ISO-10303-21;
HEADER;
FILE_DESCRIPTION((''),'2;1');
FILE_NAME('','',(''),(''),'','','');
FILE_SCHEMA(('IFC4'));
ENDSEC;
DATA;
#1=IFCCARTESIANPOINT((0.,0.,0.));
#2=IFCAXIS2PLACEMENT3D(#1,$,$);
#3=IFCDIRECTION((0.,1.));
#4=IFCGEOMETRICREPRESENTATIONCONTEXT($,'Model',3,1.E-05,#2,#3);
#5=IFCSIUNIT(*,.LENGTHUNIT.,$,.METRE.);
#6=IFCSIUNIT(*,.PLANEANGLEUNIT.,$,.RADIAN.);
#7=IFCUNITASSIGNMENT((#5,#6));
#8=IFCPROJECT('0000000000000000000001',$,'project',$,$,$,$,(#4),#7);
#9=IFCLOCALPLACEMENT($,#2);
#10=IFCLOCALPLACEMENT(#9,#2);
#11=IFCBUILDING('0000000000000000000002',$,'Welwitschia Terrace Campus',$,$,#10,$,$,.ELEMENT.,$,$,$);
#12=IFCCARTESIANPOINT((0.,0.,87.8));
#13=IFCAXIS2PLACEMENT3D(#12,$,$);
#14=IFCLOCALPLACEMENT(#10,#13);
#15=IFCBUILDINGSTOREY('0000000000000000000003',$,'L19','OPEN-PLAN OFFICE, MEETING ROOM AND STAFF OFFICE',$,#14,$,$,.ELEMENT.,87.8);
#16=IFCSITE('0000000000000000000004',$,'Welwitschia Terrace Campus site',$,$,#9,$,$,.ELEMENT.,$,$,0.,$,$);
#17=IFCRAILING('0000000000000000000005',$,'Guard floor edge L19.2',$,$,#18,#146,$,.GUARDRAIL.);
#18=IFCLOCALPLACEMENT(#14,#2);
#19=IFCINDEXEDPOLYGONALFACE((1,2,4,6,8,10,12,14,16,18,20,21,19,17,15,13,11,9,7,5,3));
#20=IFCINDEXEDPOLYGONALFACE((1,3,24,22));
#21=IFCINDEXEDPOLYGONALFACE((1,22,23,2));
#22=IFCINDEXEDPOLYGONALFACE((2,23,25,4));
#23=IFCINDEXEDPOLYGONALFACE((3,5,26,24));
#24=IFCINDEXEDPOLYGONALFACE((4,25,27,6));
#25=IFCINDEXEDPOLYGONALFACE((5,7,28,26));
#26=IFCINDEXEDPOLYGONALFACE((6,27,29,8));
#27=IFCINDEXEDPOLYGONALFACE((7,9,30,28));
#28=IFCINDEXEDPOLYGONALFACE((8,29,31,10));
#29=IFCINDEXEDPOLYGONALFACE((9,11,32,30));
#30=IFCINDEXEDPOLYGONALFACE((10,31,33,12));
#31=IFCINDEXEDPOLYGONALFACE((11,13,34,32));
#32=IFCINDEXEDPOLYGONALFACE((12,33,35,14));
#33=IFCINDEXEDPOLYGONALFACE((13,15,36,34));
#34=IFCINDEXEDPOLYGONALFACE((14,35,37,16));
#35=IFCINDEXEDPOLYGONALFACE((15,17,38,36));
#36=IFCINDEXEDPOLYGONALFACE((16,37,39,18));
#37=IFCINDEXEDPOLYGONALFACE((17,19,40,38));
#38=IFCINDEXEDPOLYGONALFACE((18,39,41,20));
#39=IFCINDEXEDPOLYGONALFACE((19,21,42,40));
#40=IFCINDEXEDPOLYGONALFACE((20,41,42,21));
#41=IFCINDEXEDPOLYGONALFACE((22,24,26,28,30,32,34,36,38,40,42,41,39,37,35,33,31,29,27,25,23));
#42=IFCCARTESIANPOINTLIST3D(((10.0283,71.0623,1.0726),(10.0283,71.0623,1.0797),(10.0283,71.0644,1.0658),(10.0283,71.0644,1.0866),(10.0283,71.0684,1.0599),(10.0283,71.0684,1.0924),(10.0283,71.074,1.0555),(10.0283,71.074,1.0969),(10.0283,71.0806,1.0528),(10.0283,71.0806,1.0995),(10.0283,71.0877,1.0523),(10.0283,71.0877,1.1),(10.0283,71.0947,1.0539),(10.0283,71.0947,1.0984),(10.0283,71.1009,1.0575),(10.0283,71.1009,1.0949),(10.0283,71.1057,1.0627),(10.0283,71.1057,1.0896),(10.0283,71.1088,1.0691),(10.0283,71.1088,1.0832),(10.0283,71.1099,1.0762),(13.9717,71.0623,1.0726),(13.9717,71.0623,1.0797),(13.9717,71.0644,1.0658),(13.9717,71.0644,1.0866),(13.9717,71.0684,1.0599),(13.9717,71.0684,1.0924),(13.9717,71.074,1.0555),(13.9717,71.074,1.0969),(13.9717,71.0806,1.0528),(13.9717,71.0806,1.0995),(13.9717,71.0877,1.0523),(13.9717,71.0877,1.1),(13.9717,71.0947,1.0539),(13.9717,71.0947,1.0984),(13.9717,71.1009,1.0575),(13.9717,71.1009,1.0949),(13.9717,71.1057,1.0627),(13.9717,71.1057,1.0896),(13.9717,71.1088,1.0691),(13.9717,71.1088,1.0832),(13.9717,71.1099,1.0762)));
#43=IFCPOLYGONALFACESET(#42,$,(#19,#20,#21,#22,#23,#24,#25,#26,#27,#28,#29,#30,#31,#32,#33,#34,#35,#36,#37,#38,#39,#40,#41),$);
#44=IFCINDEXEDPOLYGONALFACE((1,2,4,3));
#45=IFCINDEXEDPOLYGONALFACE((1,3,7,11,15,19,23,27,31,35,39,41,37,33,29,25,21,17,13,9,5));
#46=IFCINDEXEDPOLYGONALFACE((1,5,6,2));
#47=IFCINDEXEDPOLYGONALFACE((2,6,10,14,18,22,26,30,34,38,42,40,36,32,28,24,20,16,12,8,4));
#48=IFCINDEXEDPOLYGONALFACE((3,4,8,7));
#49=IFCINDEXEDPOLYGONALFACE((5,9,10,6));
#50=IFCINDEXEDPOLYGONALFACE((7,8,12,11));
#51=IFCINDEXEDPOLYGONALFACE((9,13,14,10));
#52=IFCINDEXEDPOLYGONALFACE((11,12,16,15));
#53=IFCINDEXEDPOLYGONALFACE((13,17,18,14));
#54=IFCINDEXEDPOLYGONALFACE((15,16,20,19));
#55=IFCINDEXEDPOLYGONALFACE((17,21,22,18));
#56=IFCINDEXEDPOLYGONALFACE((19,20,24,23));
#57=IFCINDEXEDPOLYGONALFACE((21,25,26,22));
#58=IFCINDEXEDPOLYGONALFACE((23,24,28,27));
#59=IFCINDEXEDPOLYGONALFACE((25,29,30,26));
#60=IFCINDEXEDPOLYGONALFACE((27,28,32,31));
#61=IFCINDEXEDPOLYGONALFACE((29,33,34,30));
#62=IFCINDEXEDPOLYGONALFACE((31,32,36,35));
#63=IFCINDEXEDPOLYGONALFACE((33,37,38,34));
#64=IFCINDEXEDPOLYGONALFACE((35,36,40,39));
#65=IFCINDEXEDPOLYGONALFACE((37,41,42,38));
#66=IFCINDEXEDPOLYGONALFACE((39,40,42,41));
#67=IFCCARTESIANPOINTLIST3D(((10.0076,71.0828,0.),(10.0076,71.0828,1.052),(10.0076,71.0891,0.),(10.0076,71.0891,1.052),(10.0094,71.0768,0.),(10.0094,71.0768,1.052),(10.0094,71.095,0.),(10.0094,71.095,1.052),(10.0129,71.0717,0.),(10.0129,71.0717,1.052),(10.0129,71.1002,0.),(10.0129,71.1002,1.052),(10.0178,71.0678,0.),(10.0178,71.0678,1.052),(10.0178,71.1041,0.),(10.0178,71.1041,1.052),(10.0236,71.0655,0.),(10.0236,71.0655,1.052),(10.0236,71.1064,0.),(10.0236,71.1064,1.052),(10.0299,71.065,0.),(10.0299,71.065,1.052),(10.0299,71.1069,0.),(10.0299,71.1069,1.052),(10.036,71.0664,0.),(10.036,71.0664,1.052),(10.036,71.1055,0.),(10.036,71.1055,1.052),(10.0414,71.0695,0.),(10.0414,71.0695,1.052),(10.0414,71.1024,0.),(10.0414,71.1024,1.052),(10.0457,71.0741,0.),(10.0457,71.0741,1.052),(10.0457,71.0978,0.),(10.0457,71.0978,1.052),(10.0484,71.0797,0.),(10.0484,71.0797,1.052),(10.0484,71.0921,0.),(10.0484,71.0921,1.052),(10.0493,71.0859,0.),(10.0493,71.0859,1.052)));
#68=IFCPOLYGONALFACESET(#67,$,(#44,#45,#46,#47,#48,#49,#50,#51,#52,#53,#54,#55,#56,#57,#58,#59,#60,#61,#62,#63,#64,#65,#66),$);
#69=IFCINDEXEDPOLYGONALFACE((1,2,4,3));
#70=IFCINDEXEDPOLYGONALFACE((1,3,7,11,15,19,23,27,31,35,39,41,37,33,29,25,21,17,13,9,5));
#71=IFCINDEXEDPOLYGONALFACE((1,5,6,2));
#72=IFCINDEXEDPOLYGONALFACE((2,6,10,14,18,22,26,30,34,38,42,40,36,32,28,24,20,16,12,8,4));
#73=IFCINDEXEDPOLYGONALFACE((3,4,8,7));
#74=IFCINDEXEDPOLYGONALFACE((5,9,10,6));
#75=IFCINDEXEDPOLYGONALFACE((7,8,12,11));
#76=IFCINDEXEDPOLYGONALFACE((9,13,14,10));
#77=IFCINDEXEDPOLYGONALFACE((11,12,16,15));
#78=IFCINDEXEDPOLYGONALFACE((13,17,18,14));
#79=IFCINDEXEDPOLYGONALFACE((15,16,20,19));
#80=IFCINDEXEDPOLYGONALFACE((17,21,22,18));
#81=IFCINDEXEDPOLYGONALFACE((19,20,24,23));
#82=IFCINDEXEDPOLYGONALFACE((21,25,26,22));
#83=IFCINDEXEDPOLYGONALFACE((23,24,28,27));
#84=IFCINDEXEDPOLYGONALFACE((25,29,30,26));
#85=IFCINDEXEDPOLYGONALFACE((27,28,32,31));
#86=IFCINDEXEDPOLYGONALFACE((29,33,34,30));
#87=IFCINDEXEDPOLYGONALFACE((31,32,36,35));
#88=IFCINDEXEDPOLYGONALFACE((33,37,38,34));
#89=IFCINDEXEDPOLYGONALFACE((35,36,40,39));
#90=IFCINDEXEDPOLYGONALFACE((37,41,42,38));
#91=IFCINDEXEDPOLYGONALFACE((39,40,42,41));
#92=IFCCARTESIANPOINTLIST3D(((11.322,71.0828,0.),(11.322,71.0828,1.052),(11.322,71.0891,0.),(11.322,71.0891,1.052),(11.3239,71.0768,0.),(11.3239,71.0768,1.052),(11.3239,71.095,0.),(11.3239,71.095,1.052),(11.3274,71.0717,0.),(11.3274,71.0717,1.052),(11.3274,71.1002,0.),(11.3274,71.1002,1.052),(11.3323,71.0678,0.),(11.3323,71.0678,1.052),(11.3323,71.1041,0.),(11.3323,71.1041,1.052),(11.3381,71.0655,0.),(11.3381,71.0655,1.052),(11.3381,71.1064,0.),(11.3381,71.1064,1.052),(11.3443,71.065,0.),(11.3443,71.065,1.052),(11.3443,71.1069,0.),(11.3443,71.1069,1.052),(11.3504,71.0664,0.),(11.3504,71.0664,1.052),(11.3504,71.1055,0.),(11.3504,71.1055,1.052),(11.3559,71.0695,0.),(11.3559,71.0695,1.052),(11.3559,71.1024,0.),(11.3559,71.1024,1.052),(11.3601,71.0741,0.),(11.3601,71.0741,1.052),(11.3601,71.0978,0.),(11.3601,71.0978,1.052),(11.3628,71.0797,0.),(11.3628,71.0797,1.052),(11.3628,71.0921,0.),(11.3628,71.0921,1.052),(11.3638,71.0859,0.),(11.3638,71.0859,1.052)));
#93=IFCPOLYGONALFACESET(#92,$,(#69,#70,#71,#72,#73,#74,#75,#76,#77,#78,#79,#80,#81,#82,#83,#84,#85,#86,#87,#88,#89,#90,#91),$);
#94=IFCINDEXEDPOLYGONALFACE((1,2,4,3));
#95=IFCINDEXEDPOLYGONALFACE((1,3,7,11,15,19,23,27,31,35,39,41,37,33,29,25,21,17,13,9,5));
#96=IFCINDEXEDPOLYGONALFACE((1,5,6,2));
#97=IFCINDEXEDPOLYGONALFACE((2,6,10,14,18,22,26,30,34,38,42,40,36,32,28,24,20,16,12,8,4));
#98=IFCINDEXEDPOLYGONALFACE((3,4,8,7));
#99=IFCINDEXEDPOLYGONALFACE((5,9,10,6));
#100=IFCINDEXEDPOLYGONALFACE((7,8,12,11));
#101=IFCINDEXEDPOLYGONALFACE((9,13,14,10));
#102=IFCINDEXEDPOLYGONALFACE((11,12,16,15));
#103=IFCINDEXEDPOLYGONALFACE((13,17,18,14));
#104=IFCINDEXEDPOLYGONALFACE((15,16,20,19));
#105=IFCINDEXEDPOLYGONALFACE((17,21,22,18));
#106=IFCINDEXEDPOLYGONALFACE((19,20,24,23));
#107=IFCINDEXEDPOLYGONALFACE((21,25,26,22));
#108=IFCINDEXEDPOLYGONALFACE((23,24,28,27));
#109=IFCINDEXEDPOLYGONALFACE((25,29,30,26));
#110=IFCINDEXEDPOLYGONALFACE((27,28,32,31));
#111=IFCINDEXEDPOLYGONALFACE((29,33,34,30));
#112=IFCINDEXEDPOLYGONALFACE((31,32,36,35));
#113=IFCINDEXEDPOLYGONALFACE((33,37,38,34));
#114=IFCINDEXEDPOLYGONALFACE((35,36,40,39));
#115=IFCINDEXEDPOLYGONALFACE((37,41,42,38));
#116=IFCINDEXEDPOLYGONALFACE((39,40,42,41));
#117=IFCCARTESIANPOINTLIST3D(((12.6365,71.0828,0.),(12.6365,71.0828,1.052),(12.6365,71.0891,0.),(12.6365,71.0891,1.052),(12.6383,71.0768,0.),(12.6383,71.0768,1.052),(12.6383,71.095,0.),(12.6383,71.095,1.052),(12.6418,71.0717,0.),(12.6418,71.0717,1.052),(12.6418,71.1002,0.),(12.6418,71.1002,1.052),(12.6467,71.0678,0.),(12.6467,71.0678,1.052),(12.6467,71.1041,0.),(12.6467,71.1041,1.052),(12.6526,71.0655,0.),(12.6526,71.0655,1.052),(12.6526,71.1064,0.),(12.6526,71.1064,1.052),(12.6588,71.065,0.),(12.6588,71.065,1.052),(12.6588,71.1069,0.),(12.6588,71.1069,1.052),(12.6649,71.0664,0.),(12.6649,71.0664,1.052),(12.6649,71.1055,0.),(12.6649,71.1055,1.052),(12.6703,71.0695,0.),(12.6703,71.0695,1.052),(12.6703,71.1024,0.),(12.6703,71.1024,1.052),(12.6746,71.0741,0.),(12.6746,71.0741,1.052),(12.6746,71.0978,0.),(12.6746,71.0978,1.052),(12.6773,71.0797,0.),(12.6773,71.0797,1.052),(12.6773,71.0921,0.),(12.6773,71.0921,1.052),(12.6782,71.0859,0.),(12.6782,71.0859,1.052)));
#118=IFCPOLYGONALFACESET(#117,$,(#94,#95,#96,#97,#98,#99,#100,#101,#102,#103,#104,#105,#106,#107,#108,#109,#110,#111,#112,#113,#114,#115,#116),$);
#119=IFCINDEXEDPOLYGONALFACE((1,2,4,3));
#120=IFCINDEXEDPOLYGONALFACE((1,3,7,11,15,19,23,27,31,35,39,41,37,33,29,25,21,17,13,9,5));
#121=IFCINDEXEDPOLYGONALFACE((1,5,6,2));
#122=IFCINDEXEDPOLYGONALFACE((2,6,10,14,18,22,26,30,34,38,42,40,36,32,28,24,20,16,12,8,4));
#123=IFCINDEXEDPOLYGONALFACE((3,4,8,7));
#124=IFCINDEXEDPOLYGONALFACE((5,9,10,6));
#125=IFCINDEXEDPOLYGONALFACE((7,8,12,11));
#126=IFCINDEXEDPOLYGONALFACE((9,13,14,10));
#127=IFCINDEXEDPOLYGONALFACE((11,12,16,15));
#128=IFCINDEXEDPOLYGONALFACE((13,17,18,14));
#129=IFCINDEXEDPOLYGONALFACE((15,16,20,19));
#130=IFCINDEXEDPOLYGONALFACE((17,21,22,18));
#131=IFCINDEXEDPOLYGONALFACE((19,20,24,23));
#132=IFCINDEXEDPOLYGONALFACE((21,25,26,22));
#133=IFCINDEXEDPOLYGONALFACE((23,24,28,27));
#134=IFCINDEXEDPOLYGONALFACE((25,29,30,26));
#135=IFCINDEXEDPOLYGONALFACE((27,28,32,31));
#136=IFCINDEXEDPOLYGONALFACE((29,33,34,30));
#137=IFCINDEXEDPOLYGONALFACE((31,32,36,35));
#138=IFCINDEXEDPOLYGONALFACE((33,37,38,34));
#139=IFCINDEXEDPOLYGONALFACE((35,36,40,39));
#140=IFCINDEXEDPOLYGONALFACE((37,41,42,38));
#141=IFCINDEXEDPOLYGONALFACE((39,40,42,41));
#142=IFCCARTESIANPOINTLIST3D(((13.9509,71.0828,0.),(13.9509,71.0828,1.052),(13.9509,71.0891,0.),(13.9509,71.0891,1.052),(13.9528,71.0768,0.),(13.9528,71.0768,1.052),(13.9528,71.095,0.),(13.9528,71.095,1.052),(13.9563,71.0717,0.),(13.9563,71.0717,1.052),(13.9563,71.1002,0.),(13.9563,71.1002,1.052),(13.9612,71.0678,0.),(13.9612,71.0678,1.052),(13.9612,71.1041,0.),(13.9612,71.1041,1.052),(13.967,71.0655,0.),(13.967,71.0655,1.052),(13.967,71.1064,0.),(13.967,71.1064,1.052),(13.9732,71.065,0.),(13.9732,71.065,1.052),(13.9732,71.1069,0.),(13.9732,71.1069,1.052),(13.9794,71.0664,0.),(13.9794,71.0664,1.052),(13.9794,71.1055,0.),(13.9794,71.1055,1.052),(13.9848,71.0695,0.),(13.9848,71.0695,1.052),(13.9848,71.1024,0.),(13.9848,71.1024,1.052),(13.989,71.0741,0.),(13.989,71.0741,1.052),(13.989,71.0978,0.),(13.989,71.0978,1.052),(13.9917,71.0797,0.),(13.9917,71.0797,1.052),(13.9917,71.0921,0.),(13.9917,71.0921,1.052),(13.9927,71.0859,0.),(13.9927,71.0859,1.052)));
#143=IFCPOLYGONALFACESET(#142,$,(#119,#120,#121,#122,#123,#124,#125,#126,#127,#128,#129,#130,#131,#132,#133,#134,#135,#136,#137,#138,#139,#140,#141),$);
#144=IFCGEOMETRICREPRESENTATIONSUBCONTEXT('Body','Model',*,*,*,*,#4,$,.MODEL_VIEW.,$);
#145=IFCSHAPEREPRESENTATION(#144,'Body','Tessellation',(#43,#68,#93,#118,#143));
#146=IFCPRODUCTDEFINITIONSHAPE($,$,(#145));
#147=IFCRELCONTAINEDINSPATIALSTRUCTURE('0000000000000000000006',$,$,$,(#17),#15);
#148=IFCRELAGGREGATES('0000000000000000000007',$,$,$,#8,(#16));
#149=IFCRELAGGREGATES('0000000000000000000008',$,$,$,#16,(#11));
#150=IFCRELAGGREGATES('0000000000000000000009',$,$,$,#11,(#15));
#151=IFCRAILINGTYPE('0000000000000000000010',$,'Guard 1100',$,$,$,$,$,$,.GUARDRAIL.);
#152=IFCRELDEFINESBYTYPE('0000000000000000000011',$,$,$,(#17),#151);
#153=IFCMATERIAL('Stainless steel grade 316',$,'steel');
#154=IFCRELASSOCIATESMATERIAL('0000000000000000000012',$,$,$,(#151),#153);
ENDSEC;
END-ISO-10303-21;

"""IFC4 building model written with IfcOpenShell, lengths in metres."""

from ifc_helpers import new_model, si_unit, direction, frame, origin, origin_2d, place, context, subcontext, project, spatial, circle, extrude, material, type_object, element, save


model = new_model("IFC4")

# Units and contexts
model_context = context("Model", 3, precision=1e-05, world=origin(), true_north=direction((0.0, 1.0)))
body_context = subcontext(model_context, "Body", "Model", "MODEL_VIEW")
ifc_project = project(units=[si_unit("LENGTHUNIT", "METRE"), si_unit("PLANEANGLEUNIT", "RADIAN")], contexts=[model_context])

# Site, building, storey
site_placement = place(None, origin())
site = spatial("IfcSite", under=ifc_project, at=site_placement, Name="Welwitschia Terrace Campus site", CompositionType="ELEMENT", RefElevation=0.0)
building_placement = place(site_placement, origin())
building = spatial("IfcBuilding", under=site, at=building_placement, Name="Welwitschia Terrace Campus", CompositionType="ELEMENT")
storey_placement = place(building_placement, frame((0.0, 0.0, 87.8)))
storey = spatial("IfcBuildingStorey", under=building, at=storey_placement, Name="L19", Description="OPEN-PLAN OFFICE, MEETING ROOM AND STAFF OFFICE", CompositionType="ELEMENT", Elevation=87.8)

# Railing
ifc_material_1 = material(Name="Stainless steel grade 316", Category="steel")
railing_type = type_object("IfcRailingType", Name="Guard 1100", PredefinedType="GUARDRAIL", material=ifc_material_1)
railing_1_placement = place(storey_placement, frame((10.0283, 71.0859, 0.0)))
element("IfcRailing", 1, at=railing_1_placement, inside=storey, type_object=railing_type, Name="Guard floor edge L19.2", PredefinedType="GUARDRAIL", context=body_context, shape_type="SweptSolid", body=[
    extrude(circle(Radius=0.0239, at=origin_2d()), frame((0.0, 0.0, 1.0762), z_axis=(1.0, 0.0, 0.0), x_axis=(0.0, 1.0, 0.0)), (0.0, 0.0, 1.0), 3.9434),
    extrude(circle(Radius=0.021, at=origin_2d()), origin(), (0.0, 0.0, 1.0), 1.052),
    extrude(circle(Radius=0.021, at=origin_2d()), frame((1.3145, 0.0, 0.0)), (0.0, 0.0, 1.0), 1.052),
    extrude(circle(Radius=0.021, at=origin_2d()), frame((2.6289, 0.0, 0.0)), (0.0, 0.0, 1.0), 1.052),
    extrude(circle(Radius=0.021, at=origin_2d()), frame((3.9434, 0.0, 0.0)), (0.0, 0.0, 1.0), 1.052),
])

save(model, "model.ifc")
